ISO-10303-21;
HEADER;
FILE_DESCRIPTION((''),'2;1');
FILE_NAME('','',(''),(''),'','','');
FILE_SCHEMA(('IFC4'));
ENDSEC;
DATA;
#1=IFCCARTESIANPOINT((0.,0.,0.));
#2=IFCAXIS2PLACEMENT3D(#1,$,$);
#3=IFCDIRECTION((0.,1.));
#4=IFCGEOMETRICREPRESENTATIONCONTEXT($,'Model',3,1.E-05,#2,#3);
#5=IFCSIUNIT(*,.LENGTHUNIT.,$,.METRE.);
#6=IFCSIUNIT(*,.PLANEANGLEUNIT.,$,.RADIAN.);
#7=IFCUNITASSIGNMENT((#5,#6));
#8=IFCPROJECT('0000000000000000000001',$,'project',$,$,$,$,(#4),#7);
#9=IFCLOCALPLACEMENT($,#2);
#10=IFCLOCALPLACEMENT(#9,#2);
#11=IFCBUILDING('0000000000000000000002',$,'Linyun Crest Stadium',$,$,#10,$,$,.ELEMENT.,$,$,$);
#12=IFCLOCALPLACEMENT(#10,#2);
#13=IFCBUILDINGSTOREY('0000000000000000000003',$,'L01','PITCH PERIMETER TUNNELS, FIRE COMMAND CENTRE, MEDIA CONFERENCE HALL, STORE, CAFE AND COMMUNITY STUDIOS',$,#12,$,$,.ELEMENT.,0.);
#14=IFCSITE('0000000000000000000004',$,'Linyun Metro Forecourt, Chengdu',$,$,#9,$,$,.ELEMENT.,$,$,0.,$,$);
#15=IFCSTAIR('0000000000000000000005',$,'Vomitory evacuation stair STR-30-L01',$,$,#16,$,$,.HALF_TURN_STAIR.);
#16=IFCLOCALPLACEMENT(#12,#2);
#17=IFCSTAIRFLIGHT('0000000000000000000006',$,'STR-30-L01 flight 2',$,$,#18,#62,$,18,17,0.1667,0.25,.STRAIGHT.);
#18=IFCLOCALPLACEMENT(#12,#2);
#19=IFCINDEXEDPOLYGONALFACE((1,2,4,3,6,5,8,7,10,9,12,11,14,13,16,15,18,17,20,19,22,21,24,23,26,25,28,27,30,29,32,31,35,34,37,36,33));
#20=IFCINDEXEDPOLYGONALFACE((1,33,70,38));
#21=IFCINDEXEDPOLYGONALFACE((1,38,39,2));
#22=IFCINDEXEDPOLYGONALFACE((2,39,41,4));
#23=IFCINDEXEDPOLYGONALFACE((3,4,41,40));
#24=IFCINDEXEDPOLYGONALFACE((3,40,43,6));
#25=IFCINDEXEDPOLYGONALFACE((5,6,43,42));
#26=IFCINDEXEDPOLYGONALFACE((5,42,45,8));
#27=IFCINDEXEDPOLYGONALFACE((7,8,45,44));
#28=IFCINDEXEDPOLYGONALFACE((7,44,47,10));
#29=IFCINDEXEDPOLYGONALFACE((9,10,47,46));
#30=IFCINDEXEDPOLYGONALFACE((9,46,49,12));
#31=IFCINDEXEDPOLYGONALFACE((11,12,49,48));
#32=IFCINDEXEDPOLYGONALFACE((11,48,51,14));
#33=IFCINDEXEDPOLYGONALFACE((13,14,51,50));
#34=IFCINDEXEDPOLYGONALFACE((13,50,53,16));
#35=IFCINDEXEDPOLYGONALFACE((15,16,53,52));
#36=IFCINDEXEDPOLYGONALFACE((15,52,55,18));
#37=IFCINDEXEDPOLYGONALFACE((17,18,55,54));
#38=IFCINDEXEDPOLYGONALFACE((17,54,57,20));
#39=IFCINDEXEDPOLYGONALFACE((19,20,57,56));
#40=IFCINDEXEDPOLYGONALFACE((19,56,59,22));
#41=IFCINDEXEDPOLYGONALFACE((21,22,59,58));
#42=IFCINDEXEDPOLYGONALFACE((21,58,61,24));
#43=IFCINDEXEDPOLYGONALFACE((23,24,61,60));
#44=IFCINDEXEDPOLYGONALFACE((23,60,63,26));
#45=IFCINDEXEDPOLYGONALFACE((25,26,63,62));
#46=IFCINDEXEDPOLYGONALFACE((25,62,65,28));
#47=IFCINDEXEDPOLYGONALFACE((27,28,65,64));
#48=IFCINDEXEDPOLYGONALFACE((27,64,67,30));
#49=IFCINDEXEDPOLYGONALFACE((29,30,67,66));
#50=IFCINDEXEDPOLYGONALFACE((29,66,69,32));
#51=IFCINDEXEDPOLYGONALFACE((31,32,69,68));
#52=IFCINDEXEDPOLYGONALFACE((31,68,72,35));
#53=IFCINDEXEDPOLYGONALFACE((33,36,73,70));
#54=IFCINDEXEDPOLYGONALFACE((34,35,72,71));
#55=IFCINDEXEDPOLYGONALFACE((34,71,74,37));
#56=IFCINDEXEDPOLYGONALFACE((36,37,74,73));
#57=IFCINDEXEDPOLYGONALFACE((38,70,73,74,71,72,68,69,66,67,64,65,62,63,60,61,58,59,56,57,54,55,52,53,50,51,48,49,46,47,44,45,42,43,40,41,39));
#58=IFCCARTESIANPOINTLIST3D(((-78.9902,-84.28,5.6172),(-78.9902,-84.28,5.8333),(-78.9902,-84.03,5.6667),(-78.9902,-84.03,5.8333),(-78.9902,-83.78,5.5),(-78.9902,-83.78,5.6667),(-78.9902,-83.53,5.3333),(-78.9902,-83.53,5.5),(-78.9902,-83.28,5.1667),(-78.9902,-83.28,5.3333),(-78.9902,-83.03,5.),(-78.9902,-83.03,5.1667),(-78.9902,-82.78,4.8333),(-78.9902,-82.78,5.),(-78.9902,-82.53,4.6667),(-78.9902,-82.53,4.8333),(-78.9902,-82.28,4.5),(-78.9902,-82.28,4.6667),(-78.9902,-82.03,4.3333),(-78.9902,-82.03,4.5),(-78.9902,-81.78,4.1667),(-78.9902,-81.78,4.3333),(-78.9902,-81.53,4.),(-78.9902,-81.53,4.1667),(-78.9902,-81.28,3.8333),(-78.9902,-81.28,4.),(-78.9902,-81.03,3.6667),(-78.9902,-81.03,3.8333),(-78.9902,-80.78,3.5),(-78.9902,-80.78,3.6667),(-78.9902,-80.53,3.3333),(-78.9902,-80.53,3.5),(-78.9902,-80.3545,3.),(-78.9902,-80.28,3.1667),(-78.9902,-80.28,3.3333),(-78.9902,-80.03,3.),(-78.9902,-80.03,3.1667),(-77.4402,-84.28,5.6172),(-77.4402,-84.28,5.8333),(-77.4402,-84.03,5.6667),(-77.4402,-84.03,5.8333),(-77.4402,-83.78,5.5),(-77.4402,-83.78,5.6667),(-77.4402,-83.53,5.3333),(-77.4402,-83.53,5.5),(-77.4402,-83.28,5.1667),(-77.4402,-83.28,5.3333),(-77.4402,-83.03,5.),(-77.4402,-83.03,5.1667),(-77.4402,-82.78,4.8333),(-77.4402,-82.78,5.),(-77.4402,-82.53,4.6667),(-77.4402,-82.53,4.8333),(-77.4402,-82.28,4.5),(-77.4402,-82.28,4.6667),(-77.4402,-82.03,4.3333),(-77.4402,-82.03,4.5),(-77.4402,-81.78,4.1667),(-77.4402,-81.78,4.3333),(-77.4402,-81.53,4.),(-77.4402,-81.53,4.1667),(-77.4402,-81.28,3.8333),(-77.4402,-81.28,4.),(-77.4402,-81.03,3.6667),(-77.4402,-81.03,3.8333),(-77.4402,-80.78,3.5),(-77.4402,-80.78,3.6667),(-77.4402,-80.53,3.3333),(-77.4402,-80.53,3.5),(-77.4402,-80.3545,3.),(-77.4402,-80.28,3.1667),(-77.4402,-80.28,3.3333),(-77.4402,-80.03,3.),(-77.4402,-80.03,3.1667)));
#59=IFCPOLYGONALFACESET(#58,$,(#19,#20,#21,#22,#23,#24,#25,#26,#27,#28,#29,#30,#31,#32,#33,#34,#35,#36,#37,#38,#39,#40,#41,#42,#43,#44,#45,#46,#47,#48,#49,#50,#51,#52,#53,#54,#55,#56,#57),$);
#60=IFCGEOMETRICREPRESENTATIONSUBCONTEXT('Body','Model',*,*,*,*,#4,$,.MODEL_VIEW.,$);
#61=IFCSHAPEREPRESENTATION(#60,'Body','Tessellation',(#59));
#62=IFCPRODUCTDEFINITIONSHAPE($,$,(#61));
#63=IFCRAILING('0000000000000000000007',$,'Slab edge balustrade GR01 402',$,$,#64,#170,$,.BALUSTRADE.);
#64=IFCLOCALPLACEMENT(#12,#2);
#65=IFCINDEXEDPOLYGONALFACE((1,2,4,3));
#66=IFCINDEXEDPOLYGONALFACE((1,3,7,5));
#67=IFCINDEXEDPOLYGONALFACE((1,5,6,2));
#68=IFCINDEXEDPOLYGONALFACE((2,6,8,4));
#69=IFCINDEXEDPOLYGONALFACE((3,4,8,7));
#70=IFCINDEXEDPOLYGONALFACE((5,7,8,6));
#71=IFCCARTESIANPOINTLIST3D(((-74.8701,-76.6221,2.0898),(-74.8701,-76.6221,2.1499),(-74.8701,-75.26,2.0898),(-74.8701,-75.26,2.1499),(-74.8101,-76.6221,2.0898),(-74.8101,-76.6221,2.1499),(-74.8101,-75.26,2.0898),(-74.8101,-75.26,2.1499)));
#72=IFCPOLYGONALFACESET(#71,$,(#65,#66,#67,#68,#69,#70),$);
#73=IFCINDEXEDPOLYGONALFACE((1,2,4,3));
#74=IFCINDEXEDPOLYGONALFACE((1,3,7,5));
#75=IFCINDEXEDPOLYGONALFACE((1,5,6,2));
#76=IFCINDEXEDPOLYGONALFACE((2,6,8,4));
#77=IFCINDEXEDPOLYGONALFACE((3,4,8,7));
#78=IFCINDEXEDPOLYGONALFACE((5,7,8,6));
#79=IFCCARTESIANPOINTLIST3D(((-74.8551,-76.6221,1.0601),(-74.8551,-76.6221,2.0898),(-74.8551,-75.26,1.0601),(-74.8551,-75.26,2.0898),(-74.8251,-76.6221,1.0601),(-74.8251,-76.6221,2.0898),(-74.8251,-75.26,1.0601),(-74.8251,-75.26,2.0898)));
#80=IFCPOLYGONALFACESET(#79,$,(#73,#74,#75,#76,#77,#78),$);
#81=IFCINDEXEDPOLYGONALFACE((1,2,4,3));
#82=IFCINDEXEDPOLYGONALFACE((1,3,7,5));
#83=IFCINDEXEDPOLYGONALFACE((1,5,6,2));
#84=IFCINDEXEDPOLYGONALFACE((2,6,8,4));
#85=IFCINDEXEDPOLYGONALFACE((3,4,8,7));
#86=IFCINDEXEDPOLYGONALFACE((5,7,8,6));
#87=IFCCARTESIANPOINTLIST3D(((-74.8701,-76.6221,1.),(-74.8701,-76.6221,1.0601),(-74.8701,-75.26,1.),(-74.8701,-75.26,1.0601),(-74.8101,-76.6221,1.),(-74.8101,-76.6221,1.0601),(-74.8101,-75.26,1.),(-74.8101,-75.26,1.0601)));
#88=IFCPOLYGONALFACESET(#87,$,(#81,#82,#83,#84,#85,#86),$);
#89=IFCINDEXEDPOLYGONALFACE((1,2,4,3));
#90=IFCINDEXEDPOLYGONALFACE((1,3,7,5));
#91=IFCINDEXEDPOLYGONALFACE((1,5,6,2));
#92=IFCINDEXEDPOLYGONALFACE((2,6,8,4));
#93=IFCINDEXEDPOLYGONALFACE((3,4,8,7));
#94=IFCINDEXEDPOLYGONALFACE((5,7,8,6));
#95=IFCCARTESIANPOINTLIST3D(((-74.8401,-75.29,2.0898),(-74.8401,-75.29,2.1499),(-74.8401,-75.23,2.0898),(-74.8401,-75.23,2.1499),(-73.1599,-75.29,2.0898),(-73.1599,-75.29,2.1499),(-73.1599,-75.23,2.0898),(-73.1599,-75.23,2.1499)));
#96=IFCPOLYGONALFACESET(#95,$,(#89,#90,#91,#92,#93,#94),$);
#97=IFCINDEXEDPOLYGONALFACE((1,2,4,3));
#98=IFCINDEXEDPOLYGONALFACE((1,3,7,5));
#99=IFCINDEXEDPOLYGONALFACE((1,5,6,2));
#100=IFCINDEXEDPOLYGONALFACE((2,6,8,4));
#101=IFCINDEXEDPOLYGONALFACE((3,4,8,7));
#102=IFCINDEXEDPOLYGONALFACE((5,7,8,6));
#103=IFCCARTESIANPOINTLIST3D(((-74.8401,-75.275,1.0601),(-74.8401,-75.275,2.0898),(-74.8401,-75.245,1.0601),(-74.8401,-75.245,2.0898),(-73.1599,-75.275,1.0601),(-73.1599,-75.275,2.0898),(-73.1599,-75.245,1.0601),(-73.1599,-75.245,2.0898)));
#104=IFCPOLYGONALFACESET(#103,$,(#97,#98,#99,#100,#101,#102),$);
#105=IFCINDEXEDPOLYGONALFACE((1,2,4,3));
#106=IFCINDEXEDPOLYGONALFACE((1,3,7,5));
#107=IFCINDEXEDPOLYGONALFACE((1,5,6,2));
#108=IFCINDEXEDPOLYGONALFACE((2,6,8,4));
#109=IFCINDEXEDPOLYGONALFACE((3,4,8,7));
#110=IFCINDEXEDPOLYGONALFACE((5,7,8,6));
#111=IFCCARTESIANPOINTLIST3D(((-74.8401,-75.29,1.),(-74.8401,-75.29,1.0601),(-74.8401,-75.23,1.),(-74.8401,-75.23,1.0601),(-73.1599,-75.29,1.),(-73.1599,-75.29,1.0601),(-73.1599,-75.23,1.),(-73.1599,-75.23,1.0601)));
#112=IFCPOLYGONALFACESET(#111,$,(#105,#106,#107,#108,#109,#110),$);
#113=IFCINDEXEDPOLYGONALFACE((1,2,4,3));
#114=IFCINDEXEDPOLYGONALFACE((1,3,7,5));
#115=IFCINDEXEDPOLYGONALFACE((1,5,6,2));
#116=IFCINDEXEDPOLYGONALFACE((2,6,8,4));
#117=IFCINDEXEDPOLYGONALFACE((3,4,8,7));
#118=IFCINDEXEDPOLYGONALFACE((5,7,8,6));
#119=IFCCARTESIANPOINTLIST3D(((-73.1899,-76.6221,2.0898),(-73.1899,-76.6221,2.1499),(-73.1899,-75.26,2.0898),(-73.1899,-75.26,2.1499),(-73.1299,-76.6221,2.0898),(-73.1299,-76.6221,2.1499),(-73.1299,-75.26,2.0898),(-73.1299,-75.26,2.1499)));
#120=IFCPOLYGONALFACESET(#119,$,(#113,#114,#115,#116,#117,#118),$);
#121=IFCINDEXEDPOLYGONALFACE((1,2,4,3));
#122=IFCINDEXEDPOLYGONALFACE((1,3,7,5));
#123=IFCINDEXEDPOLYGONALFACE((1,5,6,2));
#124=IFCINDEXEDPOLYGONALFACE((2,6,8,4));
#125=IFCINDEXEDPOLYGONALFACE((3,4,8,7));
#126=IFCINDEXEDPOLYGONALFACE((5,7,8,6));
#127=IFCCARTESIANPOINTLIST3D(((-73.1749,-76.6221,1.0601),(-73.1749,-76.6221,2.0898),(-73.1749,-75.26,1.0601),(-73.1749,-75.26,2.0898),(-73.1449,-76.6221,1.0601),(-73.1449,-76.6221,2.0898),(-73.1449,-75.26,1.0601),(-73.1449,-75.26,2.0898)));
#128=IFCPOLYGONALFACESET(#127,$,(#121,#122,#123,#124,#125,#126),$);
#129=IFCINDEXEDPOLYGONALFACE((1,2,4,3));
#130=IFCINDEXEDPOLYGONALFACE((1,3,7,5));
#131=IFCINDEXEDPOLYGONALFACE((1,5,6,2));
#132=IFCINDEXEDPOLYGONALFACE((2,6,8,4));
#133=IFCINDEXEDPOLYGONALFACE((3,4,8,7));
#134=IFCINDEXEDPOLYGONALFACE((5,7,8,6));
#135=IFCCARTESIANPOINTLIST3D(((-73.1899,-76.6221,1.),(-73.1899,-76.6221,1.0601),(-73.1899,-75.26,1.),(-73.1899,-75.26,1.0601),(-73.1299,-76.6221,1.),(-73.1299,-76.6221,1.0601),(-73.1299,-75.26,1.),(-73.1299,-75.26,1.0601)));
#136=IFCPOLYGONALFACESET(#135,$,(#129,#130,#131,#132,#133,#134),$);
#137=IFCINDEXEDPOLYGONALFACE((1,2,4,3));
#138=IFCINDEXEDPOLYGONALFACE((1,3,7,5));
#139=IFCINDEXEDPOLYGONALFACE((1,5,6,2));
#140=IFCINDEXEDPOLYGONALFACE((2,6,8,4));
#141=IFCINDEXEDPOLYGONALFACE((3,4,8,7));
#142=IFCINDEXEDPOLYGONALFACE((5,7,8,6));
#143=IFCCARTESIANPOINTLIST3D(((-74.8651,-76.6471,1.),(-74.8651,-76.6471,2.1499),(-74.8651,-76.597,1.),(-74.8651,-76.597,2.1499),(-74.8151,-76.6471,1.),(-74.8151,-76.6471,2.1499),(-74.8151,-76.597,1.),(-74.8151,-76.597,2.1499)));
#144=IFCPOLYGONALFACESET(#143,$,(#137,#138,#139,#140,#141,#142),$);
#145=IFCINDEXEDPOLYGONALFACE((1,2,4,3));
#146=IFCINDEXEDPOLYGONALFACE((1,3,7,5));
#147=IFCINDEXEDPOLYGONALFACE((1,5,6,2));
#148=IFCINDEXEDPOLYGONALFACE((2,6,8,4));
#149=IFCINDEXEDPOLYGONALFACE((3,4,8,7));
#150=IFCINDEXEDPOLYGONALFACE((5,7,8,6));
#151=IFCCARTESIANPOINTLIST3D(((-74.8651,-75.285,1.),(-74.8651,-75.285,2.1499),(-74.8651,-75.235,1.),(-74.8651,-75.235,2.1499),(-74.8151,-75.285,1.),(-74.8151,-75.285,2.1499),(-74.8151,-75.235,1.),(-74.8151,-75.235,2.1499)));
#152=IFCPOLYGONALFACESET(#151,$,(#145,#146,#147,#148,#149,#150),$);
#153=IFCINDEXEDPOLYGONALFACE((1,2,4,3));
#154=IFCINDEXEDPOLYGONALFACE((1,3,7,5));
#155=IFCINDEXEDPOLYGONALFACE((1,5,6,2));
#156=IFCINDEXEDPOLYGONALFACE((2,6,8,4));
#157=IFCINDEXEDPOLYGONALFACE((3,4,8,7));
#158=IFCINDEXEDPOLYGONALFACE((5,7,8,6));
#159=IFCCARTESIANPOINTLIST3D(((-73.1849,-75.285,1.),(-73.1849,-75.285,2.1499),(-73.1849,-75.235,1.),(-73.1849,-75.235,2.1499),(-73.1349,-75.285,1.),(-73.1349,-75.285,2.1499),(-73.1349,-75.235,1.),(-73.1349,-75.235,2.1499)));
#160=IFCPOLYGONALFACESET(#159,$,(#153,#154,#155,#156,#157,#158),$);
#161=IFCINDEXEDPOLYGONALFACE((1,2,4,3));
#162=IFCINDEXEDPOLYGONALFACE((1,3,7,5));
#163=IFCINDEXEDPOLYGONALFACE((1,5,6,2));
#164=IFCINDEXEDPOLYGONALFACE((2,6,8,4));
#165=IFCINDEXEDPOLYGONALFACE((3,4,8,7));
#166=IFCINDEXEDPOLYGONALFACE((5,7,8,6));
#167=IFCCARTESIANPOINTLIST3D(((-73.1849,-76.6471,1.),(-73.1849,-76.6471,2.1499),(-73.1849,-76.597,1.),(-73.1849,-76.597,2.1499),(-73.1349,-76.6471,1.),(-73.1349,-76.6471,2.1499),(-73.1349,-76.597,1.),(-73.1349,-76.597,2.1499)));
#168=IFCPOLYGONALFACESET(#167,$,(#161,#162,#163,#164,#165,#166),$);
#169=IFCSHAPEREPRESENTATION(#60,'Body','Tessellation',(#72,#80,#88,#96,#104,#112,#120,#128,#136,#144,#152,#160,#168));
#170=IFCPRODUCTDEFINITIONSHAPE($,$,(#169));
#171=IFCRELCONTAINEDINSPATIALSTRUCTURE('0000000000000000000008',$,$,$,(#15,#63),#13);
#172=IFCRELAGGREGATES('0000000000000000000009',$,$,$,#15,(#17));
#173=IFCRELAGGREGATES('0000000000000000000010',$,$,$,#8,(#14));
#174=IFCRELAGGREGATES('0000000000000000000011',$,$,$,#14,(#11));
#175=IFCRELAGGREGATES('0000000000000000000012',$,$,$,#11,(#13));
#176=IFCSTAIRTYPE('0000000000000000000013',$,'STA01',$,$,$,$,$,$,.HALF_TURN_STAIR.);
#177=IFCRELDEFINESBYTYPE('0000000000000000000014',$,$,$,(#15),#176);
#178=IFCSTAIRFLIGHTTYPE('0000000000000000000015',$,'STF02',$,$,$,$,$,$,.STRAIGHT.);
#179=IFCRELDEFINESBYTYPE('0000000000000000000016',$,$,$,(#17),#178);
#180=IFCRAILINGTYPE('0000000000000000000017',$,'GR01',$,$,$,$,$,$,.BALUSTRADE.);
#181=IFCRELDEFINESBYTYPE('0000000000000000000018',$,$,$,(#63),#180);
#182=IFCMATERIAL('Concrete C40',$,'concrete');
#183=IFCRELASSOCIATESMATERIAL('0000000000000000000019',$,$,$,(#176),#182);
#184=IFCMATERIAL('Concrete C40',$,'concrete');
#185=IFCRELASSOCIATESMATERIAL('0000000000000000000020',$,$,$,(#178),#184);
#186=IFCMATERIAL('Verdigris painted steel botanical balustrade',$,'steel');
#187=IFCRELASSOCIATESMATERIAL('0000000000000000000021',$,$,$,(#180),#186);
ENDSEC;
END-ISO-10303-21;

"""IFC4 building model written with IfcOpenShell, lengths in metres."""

from ifc_helpers import new_model, si_unit, direction, frame, origin, origin_2d, place, context, subcontext, project, spatial, polyline, rectangle, outline, extrude, material, type_object, element, aggregate, save


model = new_model("IFC4")

# Units and contexts
model_context = context("Model", 3, precision=1e-05, world=origin(), true_north=direction((0.0, 1.0)))
body_context = subcontext(model_context, "Body", "Model", "MODEL_VIEW")
ifc_project = project(units=[si_unit("LENGTHUNIT", "METRE"), si_unit("PLANEANGLEUNIT", "RADIAN")], contexts=[model_context])

# Site, building, storey
site_placement = place(None, origin())
site = spatial("IfcSite", under=ifc_project, at=site_placement, Name="Linyun Metro Forecourt, Chengdu", CompositionType="ELEMENT", RefElevation=0.0)
building_placement = place(site_placement, origin())
building = spatial("IfcBuilding", under=site, at=building_placement, Name="Linyun Crest Stadium", CompositionType="ELEMENT")
storey_placement = place(building_placement, origin())
storey = spatial("IfcBuildingStorey", under=building, at=storey_placement, Name="L01", Description="PITCH PERIMETER TUNNELS, FIRE COMMAND CENTRE, MEDIA CONFERENCE HALL, STORE, CAFE AND COMMUNITY STUDIOS", CompositionType="ELEMENT", Elevation=0.0)

# Stair, stair flight
ifc_material_1 = material(Name="Concrete C40", Category="concrete")
stair_type = type_object("IfcStairType", Name="STA01", PredefinedType="HALF_TURN_STAIR", material=ifc_material_1)
stair_placement = place(storey_placement, origin())
stair = element("IfcStair", 1, at=stair_placement, inside=storey, type_object=stair_type, Name="Vomitory evacuation stair STR-30-L01", PredefinedType="HALF_TURN_STAIR")
ifc_material_2 = material(Name="Concrete C40", Category="concrete")
stair_flight_type = type_object("IfcStairFlightType", Name="STF02", PredefinedType="STRAIGHT", material=ifc_material_2)
stair_flight_placement = place(storey_placement, frame((-78.2151, -80.03, 3.0), z_axis=(0.0, 0.0, 1.0), x_axis=(0.0, -1.0, 0.0)))
stair_flight = element("IfcStairFlight", 2, at=stair_flight_placement, type_object=stair_flight_type, Name="STR-30-L01 flight 2", NumberOfRisers=18, NumberOfTreads=17, PredefinedType="STRAIGHT", RiserHeight=0.1667, TreadLength=0.25, context=body_context, shape_type="SweptSolid", body=[
    extrude(outline(polyline([(0.0, 0.0), (0.0, 0.1667), (0.25, 0.1667), (0.25, 0.3333), (0.5, 0.3333), (0.5, 0.5), (0.75, 0.5), (0.75, 0.6667), (1.0, 0.6667), (1.0, 0.8333), (1.25, 0.8333), (1.25, 1.0), (1.5, 1.0), (1.5, 1.1667), (1.75, 1.1667), (1.75, 1.3333), (2.0, 1.3333), (2.0, 1.5), (2.25, 1.5), (2.25, 1.6667), (2.5, 1.6667), (2.5, 1.8333), (2.75, 1.8333), (2.75, 2.0), (3.0, 2.0), (3.0, 2.1667), (3.25, 2.1667), (3.25, 2.3333), (3.5, 2.3333), (3.5, 2.5), (3.75, 2.5), (3.75, 2.6667), (4.0, 2.6667), (4.0, 2.8333), (4.25, 2.8333), (4.25, 3.0), (4.25, 2.6172), (0.3245, 0.0), (0.0, 0.0)])), frame((0.0, 0.7749, 0.0), z_axis=(0.0, -1.0, 0.0), x_axis=(1.0, 0.0, 0.0)), (0.0, 0.0, 1.0), 1.55),
])
aggregate(stair, [stair_flight])

# Railing
ifc_material_3 = material(Name="Verdigris painted steel botanical balustrade", Category="steel")
railing_type_1 = type_object("IfcRailingType", Name="GR01", PredefinedType="BALUSTRADE", material=ifc_material_3)
railing_1_placement = place(storey_placement, frame((-74.8401, -76.6221, 1.0)))
element("IfcRailing", 3, at=railing_1_placement, inside=storey, type_object=railing_type_1, Name="Slab edge balustrade GR01 402", PredefinedType="BALUSTRADE", context=body_context, shape_type="SweptSolid", body=[
    extrude(rectangle(XDim=0.0601, YDim=0.0601, at=origin_2d()), frame((0.0, 0.0, 1.1199), z_axis=(0.0, 1.0, 0.0), x_axis=(-1.0, 0.0, 0.0)), (0.0, 0.0, 1.0), 1.3621),
    extrude(rectangle(XDim=0.03, YDim=1.0298, at=origin_2d()), frame((0.0, 0.0, 0.575), z_axis=(0.0, 1.0, 0.0), x_axis=(-1.0, 0.0, 0.0)), (0.0, 0.0, 1.0), 1.3621),
    extrude(rectangle(XDim=0.0601, YDim=0.0601, at=origin_2d()), frame((0.0, 0.0, 0.03), z_axis=(0.0, 1.0, 0.0), x_axis=(-1.0, 0.0, 0.0)), (0.0, 0.0, 1.0), 1.3621),
    extrude(rectangle(XDim=0.0601, YDim=0.0601, at=origin_2d()), frame((0.0, 1.3621, 1.1199), z_axis=(1.0, 0.0, 0.0), x_axis=(0.0, 1.0, 0.0)), (0.0, 0.0, 1.0), 1.6802),
    extrude(rectangle(XDim=0.03, YDim=1.0298, at=origin_2d()), frame((0.0, 1.3621, 0.575), z_axis=(1.0, 0.0, 0.0), x_axis=(0.0, 1.0, 0.0)), (0.0, 0.0, 1.0), 1.6802),
    extrude(rectangle(XDim=0.0601, YDim=0.0601, at=origin_2d()), frame((0.0, 1.3621, 0.03), z_axis=(1.0, 0.0, 0.0), x_axis=(0.0, 1.0, 0.0)), (0.0, 0.0, 1.0), 1.6802),
    extrude(rectangle(XDim=0.0601, YDim=0.0601, at=origin_2d()), frame((1.6802, 1.3621, 1.1199), z_axis=(0.0, -1.0, 0.0), x_axis=(1.0, 0.0, 0.0)), (0.0, 0.0, 1.0), 1.3621),
    extrude(rectangle(XDim=0.03, YDim=1.0298, at=origin_2d()), frame((1.6802, 1.3621, 0.575), z_axis=(0.0, -1.0, 0.0), x_axis=(1.0, 0.0, 0.0)), (0.0, 0.0, 1.0), 1.3621),
    extrude(rectangle(XDim=0.0601, YDim=0.0601, at=origin_2d()), frame((1.6802, 1.3621, 0.03), z_axis=(0.0, -1.0, 0.0), x_axis=(1.0, 0.0, 0.0)), (0.0, 0.0, 1.0), 1.3621),
    extrude(rectangle(XDim=0.05, YDim=0.05, at=origin_2d()), origin(), (0.0, 0.0, 1.0), 1.1499),
    extrude(rectangle(XDim=0.05, YDim=0.05, at=origin_2d()), frame((0.0, 1.3621, 0.0)), (0.0, 0.0, 1.0), 1.1499),
    extrude(rectangle(XDim=0.05, YDim=0.05, at=origin_2d()), frame((1.6802, 1.3621, 0.0)), (0.0, 0.0, 1.0), 1.1499),
    extrude(rectangle(XDim=0.05, YDim=0.05, at=origin_2d()), frame((1.6802, 0.0, 0.0)), (0.0, 0.0, 1.0), 1.1499),
])

save(model, "model.ifc")
